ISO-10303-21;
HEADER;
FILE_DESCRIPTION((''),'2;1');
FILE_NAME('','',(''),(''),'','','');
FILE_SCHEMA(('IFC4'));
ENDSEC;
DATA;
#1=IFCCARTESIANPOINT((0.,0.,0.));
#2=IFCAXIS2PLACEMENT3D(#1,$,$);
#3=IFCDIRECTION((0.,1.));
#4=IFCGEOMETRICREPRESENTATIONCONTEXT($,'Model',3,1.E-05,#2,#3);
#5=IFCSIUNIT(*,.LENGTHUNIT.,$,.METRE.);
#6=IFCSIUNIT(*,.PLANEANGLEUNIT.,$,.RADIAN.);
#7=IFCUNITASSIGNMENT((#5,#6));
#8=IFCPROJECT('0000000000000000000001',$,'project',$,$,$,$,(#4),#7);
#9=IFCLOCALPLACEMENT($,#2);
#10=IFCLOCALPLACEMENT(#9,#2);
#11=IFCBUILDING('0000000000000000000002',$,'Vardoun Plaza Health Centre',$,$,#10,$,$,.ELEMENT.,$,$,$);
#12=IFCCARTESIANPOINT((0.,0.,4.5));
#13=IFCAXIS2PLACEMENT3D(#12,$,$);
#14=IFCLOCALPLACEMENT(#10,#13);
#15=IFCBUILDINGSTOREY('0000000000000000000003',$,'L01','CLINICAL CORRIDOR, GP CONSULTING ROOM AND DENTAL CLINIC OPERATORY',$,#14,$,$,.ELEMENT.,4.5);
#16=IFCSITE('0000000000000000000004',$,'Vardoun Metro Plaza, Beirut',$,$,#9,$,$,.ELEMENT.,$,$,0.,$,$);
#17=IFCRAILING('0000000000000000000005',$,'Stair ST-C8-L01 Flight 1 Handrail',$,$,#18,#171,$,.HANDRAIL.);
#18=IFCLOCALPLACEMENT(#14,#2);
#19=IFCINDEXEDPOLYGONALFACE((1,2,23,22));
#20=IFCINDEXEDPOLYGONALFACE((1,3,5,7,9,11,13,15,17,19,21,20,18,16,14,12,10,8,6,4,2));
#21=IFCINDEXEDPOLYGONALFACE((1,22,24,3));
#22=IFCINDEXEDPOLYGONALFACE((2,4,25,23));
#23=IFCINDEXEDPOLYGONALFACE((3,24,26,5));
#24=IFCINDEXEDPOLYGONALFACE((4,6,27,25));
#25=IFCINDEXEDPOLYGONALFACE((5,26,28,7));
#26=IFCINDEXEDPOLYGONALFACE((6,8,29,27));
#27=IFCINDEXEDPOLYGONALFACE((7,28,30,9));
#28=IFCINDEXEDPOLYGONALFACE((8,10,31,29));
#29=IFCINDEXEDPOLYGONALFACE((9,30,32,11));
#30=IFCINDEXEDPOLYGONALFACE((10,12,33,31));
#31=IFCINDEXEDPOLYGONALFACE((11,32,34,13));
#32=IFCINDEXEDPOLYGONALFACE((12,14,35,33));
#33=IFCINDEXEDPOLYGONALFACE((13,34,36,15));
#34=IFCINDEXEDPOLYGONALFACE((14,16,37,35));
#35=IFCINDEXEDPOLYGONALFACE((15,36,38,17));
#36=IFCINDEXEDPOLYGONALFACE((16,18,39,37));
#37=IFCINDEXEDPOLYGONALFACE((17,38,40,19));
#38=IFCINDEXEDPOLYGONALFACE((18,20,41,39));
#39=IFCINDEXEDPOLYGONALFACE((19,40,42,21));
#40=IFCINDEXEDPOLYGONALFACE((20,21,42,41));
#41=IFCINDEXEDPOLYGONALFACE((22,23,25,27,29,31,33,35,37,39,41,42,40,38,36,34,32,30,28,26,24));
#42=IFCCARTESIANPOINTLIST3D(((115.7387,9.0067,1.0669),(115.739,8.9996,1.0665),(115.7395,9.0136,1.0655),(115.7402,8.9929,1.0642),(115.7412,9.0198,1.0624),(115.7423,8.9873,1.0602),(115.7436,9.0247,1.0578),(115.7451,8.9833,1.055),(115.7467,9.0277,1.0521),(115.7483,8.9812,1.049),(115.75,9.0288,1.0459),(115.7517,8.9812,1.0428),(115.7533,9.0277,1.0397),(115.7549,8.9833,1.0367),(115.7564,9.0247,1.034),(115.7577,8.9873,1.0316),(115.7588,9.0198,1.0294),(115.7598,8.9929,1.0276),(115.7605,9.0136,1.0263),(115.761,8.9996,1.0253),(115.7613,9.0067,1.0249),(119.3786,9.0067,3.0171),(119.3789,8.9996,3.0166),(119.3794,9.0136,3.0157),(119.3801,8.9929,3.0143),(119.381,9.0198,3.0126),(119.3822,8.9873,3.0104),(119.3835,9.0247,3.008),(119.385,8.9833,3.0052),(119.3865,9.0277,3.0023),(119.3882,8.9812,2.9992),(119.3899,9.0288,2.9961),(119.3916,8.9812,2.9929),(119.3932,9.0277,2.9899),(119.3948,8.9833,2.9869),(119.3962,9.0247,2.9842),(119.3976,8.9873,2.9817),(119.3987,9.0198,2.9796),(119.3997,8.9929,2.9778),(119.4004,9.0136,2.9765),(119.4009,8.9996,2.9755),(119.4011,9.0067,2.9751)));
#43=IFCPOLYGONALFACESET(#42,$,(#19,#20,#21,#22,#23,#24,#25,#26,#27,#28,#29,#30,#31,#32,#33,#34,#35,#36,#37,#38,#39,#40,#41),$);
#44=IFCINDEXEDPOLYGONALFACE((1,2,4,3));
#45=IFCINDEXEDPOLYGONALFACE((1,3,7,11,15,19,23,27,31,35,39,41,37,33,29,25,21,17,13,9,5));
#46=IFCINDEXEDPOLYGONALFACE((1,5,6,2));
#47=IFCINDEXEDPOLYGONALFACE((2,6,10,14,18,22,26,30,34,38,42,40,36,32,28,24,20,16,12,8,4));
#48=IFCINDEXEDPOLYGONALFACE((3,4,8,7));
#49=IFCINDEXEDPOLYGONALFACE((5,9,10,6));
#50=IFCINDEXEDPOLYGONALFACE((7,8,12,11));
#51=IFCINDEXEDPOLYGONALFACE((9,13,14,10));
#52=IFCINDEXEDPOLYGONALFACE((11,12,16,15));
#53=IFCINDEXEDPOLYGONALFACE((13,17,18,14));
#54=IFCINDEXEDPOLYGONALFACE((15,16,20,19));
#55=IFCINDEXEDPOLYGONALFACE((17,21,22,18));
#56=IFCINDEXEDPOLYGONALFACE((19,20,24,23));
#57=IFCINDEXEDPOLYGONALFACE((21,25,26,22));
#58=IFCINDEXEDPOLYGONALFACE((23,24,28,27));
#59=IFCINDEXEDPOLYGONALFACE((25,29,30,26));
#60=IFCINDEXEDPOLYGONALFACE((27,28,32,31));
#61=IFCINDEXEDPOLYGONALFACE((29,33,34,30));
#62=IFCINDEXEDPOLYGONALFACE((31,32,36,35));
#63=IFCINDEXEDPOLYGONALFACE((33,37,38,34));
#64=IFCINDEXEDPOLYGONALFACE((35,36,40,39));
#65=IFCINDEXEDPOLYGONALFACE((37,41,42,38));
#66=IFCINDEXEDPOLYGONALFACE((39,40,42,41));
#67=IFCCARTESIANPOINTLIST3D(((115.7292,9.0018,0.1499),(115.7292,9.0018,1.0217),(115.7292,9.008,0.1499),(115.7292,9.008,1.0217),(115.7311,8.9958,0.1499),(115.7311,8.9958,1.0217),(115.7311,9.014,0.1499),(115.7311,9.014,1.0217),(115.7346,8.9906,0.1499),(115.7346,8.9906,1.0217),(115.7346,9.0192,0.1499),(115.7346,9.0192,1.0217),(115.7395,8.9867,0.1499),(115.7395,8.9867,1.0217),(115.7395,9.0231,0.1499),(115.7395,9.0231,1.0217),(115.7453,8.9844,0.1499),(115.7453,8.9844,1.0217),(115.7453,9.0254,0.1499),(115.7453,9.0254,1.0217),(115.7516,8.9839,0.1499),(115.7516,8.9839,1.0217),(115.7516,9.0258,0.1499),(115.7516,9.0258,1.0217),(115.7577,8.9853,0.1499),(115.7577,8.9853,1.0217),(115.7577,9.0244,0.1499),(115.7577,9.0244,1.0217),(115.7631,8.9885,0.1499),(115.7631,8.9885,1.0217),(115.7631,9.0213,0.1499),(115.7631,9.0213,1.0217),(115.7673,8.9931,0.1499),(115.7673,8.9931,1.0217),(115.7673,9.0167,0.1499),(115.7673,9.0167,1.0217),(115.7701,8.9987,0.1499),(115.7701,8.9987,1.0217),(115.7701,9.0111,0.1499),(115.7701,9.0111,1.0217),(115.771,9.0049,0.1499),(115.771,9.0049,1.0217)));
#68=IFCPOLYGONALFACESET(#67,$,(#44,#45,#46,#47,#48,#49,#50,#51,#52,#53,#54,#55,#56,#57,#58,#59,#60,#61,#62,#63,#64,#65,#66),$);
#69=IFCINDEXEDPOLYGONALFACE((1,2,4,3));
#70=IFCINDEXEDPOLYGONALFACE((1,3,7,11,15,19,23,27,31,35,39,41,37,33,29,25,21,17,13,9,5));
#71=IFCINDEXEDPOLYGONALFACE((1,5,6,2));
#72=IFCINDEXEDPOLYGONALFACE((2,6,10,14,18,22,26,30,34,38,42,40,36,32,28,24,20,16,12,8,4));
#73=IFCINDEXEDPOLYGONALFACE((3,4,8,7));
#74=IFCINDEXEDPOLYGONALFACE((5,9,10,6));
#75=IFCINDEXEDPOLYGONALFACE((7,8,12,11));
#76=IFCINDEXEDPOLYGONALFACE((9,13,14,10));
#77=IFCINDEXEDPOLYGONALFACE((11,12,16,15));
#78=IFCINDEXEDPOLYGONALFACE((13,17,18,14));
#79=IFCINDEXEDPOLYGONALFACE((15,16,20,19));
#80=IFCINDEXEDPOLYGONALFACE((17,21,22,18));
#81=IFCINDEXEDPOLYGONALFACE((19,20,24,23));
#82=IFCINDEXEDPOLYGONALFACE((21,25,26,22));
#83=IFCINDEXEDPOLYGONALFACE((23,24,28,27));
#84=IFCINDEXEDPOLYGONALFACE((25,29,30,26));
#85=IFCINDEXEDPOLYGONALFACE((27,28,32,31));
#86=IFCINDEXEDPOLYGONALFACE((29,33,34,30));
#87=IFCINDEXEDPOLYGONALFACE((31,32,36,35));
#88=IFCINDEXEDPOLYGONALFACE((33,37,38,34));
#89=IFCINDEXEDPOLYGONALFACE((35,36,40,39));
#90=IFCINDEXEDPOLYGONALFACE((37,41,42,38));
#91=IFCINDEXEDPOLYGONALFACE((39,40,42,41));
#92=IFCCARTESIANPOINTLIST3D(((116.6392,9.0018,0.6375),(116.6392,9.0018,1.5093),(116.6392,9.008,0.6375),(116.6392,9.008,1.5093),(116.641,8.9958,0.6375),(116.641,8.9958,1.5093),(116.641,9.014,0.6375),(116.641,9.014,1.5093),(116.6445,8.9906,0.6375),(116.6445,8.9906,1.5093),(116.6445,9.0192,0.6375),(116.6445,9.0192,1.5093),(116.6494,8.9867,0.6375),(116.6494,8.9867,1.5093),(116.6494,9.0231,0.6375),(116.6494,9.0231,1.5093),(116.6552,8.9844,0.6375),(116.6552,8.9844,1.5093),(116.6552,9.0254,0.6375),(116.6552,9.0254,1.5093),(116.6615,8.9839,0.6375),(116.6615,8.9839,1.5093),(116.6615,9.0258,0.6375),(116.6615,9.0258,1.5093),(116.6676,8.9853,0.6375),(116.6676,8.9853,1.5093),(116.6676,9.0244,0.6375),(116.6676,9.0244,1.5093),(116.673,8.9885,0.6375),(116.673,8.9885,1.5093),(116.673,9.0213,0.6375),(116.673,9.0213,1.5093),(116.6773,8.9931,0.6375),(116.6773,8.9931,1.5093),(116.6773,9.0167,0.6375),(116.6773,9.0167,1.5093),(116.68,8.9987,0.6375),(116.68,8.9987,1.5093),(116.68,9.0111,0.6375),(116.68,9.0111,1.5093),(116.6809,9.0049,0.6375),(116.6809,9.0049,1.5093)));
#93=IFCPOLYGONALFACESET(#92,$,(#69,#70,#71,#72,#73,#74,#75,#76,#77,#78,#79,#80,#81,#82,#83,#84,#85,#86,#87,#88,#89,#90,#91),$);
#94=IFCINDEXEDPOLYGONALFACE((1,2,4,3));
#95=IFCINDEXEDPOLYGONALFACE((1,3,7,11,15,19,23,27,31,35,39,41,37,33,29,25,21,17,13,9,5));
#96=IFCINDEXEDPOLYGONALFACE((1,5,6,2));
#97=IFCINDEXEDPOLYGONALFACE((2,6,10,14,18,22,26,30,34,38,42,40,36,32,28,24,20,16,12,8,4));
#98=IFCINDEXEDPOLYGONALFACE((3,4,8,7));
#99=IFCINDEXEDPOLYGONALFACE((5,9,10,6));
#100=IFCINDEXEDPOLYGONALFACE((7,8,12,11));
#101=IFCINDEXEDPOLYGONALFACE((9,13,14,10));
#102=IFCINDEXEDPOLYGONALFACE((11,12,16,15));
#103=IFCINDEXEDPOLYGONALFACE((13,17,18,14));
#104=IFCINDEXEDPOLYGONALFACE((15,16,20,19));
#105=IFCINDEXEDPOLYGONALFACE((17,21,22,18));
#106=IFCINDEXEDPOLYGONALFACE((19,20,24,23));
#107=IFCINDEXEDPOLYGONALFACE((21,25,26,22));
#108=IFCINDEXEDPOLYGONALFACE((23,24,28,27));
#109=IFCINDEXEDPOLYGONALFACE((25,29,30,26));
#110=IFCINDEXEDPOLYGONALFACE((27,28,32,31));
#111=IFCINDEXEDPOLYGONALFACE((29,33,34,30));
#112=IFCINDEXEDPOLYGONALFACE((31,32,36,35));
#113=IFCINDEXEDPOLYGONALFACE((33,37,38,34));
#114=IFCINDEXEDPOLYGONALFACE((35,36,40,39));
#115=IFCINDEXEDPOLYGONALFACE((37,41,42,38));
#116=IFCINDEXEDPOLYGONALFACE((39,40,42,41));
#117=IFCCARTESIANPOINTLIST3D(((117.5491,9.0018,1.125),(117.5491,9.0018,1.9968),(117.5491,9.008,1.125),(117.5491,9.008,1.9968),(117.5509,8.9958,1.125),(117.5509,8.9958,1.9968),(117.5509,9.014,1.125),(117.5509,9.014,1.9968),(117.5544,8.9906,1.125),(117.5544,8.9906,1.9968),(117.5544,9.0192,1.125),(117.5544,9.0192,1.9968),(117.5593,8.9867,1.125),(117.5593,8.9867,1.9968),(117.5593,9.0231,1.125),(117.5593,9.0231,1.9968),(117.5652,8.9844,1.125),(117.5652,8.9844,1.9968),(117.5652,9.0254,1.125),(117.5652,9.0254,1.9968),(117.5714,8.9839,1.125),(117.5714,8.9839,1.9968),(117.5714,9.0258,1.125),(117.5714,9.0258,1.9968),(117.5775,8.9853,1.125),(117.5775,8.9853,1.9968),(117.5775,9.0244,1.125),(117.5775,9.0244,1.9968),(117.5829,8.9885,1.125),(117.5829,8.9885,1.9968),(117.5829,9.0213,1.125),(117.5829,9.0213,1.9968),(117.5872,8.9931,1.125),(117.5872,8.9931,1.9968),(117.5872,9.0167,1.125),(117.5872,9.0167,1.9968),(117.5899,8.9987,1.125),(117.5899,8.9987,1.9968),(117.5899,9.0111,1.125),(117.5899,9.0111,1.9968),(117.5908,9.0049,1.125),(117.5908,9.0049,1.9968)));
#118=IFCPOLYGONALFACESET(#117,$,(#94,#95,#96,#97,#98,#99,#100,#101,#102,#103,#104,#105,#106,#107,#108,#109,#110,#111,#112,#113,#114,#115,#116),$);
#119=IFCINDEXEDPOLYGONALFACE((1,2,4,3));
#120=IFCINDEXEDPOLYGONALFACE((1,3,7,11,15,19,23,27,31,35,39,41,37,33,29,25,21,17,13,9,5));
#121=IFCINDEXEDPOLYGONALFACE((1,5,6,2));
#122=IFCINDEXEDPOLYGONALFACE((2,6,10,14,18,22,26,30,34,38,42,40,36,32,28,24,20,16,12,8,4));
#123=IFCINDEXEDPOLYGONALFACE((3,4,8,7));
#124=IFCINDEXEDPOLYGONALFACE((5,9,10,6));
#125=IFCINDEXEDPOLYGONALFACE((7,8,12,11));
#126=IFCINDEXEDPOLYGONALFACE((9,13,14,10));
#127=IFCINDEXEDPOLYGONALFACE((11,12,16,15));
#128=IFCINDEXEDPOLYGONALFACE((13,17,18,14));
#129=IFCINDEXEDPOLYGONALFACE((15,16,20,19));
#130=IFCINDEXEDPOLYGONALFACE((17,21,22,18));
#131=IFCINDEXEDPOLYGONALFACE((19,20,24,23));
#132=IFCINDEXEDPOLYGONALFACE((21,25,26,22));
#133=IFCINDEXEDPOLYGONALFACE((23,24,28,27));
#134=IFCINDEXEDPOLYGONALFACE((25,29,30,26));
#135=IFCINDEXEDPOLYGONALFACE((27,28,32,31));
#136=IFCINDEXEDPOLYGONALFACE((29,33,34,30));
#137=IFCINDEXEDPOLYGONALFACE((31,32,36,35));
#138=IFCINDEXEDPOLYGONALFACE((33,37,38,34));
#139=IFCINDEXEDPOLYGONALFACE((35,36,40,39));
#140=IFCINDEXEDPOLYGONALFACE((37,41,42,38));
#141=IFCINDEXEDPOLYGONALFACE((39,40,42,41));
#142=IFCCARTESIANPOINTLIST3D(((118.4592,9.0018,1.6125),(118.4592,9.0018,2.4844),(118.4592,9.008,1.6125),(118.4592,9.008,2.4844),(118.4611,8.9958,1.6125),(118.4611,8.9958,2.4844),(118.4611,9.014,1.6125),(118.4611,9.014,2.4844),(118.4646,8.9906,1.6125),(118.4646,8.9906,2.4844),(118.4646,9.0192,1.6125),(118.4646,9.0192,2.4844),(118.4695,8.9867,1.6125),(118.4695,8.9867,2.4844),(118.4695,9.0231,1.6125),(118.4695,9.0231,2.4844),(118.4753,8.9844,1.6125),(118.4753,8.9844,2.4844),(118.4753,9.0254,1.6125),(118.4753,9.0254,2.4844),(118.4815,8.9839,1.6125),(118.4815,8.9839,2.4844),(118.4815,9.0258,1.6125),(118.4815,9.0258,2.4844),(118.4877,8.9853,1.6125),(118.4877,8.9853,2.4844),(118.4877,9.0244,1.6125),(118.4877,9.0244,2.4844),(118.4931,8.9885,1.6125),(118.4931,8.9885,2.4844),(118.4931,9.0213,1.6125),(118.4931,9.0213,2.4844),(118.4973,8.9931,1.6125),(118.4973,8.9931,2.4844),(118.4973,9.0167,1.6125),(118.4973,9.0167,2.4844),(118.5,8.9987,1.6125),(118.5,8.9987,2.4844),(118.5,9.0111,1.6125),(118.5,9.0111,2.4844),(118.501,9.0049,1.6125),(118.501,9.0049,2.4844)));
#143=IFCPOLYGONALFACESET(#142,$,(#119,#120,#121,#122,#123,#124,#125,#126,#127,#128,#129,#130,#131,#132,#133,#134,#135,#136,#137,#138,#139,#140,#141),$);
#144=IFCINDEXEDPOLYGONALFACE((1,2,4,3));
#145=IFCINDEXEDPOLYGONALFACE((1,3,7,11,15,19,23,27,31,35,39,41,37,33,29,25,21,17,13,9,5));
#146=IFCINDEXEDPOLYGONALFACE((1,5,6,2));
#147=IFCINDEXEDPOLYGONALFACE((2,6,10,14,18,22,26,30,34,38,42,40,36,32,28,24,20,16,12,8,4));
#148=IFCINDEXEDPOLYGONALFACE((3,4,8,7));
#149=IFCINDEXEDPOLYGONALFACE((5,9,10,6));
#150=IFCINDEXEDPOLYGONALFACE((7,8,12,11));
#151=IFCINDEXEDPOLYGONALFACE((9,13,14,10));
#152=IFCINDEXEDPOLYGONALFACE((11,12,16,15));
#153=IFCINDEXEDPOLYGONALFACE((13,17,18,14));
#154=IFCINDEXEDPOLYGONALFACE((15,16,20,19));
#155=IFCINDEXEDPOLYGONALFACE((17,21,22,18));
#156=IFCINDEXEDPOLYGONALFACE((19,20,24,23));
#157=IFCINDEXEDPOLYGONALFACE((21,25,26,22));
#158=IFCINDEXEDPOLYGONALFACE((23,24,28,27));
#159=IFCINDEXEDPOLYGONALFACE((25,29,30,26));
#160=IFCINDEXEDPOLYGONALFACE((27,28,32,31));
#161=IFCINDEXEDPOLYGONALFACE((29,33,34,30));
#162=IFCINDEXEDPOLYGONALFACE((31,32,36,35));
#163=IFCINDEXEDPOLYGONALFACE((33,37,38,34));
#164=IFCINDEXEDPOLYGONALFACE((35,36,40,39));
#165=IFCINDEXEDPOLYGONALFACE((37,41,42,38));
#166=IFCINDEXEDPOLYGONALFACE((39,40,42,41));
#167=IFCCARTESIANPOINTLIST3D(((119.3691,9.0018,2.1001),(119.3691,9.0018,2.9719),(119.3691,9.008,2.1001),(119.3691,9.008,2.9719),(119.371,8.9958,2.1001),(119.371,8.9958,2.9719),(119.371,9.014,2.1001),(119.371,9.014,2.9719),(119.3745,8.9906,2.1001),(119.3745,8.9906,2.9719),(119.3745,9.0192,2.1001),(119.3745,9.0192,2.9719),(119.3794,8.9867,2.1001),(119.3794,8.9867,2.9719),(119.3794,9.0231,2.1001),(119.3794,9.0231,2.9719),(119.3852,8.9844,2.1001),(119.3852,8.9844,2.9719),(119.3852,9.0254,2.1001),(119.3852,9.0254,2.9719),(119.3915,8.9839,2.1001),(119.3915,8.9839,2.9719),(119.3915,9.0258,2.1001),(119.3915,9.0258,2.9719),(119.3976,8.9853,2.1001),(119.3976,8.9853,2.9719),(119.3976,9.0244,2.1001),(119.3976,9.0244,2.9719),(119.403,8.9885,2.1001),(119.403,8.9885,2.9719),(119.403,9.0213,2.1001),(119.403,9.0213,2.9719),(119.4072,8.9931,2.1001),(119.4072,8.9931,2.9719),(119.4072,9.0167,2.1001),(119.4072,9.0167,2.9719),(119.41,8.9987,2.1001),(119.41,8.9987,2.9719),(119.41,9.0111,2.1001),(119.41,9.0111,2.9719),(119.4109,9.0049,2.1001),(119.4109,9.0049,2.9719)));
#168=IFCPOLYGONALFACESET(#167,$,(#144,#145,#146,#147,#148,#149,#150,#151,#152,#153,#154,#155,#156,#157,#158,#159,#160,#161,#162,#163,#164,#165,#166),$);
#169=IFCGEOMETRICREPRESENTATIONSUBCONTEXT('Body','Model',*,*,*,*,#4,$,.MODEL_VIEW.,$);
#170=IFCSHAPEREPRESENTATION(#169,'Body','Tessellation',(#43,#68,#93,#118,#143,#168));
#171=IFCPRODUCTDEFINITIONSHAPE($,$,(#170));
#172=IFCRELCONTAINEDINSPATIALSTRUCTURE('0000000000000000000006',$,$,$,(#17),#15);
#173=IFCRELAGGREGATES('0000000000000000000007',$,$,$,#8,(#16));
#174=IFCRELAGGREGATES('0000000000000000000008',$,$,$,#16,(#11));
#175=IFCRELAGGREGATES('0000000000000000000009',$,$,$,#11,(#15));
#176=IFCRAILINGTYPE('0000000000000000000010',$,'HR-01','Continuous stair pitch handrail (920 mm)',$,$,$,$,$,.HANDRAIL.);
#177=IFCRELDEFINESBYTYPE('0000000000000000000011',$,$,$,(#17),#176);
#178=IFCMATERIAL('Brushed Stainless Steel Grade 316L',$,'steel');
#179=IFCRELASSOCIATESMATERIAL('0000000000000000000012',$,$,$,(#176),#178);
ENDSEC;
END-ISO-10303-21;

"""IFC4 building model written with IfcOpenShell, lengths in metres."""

from ifc_helpers import new_model, si_unit, direction, frame, origin, origin_2d, place, context, subcontext, project, spatial, circle, extrude, material, type_object, element, save


model = new_model("IFC4")

# Units and contexts
model_context = context("Model", 3, precision=1e-05, world=origin(), true_north=direction((0.0, 1.0)))
body_context = subcontext(model_context, "Body", "Model", "MODEL_VIEW")
ifc_project = project(units=[si_unit("LENGTHUNIT", "METRE"), si_unit("PLANEANGLEUNIT", "RADIAN")], contexts=[model_context])

# Site, building, storey
site_placement = place(None, origin())
site = spatial("IfcSite", under=ifc_project, at=site_placement, Name="Vardoun Metro Plaza, Beirut", CompositionType="ELEMENT", RefElevation=0.0)
building_placement = place(site_placement, origin())
building = spatial("IfcBuilding", under=site, at=building_placement, Name="Vardoun Plaza Health Centre", CompositionType="ELEMENT")
storey_placement = place(building_placement, frame((0.0, 0.0, 4.5)))
storey = spatial("IfcBuildingStorey", under=building, at=storey_placement, Name="L01", Description="CLINICAL CORRIDOR, GP CONSULTING ROOM AND DENTAL CLINIC OPERATORY", CompositionType="ELEMENT", Elevation=4.5)

# Railing
ifc_material_1 = material(Name="Brushed Stainless Steel Grade 316L", Category="steel")
railing_type_1 = type_object("IfcRailingType", Name="HR-01", Description="Continuous stair pitch handrail (920 mm)", PredefinedType="HANDRAIL", material=ifc_material_1)
railing_1_placement = place(storey_placement, frame((115.75, 9.0049, 0.1499)))
element("IfcRailing", 1, at=railing_1_placement, inside=storey, type_object=railing_type_1, Name="Stair ST-C8-L01 Flight 1 Handrail", PredefinedType="HANDRAIL", context=body_context, shape_type="SweptSolid", body=[
    extrude(circle(Radius=0.0239, at=origin_2d()), frame((0.0, 0.0, 0.896), z_axis=(0.881454, 0.0, 0.472269), x_axis=(0.0, 1.0, 0.0)), (0.0, 0.0, 1.0), 4.1294),
    extrude(circle(Radius=0.021, at=origin_2d()), origin(), (0.0, 0.0, 1.0), 0.8718),
    extrude(circle(Radius=0.021, at=origin_2d()), frame((0.9099, 0.0, 0.4875)), (0.0, 0.0, 1.0), 0.8718),
    extrude(circle(Radius=0.021, at=origin_2d()), frame((1.8198, 0.0, 0.9751)), (0.0, 0.0, 1.0), 0.8718),
    extrude(circle(Radius=0.021, at=origin_2d()), frame((2.73, 0.0, 1.4626)), (0.0, 0.0, 1.0), 0.8718),
    extrude(circle(Radius=0.021, at=origin_2d()), frame((3.6399, 0.0, 1.9502)), (0.0, 0.0, 1.0), 0.8718),
])

save(model, "model.ifc")
